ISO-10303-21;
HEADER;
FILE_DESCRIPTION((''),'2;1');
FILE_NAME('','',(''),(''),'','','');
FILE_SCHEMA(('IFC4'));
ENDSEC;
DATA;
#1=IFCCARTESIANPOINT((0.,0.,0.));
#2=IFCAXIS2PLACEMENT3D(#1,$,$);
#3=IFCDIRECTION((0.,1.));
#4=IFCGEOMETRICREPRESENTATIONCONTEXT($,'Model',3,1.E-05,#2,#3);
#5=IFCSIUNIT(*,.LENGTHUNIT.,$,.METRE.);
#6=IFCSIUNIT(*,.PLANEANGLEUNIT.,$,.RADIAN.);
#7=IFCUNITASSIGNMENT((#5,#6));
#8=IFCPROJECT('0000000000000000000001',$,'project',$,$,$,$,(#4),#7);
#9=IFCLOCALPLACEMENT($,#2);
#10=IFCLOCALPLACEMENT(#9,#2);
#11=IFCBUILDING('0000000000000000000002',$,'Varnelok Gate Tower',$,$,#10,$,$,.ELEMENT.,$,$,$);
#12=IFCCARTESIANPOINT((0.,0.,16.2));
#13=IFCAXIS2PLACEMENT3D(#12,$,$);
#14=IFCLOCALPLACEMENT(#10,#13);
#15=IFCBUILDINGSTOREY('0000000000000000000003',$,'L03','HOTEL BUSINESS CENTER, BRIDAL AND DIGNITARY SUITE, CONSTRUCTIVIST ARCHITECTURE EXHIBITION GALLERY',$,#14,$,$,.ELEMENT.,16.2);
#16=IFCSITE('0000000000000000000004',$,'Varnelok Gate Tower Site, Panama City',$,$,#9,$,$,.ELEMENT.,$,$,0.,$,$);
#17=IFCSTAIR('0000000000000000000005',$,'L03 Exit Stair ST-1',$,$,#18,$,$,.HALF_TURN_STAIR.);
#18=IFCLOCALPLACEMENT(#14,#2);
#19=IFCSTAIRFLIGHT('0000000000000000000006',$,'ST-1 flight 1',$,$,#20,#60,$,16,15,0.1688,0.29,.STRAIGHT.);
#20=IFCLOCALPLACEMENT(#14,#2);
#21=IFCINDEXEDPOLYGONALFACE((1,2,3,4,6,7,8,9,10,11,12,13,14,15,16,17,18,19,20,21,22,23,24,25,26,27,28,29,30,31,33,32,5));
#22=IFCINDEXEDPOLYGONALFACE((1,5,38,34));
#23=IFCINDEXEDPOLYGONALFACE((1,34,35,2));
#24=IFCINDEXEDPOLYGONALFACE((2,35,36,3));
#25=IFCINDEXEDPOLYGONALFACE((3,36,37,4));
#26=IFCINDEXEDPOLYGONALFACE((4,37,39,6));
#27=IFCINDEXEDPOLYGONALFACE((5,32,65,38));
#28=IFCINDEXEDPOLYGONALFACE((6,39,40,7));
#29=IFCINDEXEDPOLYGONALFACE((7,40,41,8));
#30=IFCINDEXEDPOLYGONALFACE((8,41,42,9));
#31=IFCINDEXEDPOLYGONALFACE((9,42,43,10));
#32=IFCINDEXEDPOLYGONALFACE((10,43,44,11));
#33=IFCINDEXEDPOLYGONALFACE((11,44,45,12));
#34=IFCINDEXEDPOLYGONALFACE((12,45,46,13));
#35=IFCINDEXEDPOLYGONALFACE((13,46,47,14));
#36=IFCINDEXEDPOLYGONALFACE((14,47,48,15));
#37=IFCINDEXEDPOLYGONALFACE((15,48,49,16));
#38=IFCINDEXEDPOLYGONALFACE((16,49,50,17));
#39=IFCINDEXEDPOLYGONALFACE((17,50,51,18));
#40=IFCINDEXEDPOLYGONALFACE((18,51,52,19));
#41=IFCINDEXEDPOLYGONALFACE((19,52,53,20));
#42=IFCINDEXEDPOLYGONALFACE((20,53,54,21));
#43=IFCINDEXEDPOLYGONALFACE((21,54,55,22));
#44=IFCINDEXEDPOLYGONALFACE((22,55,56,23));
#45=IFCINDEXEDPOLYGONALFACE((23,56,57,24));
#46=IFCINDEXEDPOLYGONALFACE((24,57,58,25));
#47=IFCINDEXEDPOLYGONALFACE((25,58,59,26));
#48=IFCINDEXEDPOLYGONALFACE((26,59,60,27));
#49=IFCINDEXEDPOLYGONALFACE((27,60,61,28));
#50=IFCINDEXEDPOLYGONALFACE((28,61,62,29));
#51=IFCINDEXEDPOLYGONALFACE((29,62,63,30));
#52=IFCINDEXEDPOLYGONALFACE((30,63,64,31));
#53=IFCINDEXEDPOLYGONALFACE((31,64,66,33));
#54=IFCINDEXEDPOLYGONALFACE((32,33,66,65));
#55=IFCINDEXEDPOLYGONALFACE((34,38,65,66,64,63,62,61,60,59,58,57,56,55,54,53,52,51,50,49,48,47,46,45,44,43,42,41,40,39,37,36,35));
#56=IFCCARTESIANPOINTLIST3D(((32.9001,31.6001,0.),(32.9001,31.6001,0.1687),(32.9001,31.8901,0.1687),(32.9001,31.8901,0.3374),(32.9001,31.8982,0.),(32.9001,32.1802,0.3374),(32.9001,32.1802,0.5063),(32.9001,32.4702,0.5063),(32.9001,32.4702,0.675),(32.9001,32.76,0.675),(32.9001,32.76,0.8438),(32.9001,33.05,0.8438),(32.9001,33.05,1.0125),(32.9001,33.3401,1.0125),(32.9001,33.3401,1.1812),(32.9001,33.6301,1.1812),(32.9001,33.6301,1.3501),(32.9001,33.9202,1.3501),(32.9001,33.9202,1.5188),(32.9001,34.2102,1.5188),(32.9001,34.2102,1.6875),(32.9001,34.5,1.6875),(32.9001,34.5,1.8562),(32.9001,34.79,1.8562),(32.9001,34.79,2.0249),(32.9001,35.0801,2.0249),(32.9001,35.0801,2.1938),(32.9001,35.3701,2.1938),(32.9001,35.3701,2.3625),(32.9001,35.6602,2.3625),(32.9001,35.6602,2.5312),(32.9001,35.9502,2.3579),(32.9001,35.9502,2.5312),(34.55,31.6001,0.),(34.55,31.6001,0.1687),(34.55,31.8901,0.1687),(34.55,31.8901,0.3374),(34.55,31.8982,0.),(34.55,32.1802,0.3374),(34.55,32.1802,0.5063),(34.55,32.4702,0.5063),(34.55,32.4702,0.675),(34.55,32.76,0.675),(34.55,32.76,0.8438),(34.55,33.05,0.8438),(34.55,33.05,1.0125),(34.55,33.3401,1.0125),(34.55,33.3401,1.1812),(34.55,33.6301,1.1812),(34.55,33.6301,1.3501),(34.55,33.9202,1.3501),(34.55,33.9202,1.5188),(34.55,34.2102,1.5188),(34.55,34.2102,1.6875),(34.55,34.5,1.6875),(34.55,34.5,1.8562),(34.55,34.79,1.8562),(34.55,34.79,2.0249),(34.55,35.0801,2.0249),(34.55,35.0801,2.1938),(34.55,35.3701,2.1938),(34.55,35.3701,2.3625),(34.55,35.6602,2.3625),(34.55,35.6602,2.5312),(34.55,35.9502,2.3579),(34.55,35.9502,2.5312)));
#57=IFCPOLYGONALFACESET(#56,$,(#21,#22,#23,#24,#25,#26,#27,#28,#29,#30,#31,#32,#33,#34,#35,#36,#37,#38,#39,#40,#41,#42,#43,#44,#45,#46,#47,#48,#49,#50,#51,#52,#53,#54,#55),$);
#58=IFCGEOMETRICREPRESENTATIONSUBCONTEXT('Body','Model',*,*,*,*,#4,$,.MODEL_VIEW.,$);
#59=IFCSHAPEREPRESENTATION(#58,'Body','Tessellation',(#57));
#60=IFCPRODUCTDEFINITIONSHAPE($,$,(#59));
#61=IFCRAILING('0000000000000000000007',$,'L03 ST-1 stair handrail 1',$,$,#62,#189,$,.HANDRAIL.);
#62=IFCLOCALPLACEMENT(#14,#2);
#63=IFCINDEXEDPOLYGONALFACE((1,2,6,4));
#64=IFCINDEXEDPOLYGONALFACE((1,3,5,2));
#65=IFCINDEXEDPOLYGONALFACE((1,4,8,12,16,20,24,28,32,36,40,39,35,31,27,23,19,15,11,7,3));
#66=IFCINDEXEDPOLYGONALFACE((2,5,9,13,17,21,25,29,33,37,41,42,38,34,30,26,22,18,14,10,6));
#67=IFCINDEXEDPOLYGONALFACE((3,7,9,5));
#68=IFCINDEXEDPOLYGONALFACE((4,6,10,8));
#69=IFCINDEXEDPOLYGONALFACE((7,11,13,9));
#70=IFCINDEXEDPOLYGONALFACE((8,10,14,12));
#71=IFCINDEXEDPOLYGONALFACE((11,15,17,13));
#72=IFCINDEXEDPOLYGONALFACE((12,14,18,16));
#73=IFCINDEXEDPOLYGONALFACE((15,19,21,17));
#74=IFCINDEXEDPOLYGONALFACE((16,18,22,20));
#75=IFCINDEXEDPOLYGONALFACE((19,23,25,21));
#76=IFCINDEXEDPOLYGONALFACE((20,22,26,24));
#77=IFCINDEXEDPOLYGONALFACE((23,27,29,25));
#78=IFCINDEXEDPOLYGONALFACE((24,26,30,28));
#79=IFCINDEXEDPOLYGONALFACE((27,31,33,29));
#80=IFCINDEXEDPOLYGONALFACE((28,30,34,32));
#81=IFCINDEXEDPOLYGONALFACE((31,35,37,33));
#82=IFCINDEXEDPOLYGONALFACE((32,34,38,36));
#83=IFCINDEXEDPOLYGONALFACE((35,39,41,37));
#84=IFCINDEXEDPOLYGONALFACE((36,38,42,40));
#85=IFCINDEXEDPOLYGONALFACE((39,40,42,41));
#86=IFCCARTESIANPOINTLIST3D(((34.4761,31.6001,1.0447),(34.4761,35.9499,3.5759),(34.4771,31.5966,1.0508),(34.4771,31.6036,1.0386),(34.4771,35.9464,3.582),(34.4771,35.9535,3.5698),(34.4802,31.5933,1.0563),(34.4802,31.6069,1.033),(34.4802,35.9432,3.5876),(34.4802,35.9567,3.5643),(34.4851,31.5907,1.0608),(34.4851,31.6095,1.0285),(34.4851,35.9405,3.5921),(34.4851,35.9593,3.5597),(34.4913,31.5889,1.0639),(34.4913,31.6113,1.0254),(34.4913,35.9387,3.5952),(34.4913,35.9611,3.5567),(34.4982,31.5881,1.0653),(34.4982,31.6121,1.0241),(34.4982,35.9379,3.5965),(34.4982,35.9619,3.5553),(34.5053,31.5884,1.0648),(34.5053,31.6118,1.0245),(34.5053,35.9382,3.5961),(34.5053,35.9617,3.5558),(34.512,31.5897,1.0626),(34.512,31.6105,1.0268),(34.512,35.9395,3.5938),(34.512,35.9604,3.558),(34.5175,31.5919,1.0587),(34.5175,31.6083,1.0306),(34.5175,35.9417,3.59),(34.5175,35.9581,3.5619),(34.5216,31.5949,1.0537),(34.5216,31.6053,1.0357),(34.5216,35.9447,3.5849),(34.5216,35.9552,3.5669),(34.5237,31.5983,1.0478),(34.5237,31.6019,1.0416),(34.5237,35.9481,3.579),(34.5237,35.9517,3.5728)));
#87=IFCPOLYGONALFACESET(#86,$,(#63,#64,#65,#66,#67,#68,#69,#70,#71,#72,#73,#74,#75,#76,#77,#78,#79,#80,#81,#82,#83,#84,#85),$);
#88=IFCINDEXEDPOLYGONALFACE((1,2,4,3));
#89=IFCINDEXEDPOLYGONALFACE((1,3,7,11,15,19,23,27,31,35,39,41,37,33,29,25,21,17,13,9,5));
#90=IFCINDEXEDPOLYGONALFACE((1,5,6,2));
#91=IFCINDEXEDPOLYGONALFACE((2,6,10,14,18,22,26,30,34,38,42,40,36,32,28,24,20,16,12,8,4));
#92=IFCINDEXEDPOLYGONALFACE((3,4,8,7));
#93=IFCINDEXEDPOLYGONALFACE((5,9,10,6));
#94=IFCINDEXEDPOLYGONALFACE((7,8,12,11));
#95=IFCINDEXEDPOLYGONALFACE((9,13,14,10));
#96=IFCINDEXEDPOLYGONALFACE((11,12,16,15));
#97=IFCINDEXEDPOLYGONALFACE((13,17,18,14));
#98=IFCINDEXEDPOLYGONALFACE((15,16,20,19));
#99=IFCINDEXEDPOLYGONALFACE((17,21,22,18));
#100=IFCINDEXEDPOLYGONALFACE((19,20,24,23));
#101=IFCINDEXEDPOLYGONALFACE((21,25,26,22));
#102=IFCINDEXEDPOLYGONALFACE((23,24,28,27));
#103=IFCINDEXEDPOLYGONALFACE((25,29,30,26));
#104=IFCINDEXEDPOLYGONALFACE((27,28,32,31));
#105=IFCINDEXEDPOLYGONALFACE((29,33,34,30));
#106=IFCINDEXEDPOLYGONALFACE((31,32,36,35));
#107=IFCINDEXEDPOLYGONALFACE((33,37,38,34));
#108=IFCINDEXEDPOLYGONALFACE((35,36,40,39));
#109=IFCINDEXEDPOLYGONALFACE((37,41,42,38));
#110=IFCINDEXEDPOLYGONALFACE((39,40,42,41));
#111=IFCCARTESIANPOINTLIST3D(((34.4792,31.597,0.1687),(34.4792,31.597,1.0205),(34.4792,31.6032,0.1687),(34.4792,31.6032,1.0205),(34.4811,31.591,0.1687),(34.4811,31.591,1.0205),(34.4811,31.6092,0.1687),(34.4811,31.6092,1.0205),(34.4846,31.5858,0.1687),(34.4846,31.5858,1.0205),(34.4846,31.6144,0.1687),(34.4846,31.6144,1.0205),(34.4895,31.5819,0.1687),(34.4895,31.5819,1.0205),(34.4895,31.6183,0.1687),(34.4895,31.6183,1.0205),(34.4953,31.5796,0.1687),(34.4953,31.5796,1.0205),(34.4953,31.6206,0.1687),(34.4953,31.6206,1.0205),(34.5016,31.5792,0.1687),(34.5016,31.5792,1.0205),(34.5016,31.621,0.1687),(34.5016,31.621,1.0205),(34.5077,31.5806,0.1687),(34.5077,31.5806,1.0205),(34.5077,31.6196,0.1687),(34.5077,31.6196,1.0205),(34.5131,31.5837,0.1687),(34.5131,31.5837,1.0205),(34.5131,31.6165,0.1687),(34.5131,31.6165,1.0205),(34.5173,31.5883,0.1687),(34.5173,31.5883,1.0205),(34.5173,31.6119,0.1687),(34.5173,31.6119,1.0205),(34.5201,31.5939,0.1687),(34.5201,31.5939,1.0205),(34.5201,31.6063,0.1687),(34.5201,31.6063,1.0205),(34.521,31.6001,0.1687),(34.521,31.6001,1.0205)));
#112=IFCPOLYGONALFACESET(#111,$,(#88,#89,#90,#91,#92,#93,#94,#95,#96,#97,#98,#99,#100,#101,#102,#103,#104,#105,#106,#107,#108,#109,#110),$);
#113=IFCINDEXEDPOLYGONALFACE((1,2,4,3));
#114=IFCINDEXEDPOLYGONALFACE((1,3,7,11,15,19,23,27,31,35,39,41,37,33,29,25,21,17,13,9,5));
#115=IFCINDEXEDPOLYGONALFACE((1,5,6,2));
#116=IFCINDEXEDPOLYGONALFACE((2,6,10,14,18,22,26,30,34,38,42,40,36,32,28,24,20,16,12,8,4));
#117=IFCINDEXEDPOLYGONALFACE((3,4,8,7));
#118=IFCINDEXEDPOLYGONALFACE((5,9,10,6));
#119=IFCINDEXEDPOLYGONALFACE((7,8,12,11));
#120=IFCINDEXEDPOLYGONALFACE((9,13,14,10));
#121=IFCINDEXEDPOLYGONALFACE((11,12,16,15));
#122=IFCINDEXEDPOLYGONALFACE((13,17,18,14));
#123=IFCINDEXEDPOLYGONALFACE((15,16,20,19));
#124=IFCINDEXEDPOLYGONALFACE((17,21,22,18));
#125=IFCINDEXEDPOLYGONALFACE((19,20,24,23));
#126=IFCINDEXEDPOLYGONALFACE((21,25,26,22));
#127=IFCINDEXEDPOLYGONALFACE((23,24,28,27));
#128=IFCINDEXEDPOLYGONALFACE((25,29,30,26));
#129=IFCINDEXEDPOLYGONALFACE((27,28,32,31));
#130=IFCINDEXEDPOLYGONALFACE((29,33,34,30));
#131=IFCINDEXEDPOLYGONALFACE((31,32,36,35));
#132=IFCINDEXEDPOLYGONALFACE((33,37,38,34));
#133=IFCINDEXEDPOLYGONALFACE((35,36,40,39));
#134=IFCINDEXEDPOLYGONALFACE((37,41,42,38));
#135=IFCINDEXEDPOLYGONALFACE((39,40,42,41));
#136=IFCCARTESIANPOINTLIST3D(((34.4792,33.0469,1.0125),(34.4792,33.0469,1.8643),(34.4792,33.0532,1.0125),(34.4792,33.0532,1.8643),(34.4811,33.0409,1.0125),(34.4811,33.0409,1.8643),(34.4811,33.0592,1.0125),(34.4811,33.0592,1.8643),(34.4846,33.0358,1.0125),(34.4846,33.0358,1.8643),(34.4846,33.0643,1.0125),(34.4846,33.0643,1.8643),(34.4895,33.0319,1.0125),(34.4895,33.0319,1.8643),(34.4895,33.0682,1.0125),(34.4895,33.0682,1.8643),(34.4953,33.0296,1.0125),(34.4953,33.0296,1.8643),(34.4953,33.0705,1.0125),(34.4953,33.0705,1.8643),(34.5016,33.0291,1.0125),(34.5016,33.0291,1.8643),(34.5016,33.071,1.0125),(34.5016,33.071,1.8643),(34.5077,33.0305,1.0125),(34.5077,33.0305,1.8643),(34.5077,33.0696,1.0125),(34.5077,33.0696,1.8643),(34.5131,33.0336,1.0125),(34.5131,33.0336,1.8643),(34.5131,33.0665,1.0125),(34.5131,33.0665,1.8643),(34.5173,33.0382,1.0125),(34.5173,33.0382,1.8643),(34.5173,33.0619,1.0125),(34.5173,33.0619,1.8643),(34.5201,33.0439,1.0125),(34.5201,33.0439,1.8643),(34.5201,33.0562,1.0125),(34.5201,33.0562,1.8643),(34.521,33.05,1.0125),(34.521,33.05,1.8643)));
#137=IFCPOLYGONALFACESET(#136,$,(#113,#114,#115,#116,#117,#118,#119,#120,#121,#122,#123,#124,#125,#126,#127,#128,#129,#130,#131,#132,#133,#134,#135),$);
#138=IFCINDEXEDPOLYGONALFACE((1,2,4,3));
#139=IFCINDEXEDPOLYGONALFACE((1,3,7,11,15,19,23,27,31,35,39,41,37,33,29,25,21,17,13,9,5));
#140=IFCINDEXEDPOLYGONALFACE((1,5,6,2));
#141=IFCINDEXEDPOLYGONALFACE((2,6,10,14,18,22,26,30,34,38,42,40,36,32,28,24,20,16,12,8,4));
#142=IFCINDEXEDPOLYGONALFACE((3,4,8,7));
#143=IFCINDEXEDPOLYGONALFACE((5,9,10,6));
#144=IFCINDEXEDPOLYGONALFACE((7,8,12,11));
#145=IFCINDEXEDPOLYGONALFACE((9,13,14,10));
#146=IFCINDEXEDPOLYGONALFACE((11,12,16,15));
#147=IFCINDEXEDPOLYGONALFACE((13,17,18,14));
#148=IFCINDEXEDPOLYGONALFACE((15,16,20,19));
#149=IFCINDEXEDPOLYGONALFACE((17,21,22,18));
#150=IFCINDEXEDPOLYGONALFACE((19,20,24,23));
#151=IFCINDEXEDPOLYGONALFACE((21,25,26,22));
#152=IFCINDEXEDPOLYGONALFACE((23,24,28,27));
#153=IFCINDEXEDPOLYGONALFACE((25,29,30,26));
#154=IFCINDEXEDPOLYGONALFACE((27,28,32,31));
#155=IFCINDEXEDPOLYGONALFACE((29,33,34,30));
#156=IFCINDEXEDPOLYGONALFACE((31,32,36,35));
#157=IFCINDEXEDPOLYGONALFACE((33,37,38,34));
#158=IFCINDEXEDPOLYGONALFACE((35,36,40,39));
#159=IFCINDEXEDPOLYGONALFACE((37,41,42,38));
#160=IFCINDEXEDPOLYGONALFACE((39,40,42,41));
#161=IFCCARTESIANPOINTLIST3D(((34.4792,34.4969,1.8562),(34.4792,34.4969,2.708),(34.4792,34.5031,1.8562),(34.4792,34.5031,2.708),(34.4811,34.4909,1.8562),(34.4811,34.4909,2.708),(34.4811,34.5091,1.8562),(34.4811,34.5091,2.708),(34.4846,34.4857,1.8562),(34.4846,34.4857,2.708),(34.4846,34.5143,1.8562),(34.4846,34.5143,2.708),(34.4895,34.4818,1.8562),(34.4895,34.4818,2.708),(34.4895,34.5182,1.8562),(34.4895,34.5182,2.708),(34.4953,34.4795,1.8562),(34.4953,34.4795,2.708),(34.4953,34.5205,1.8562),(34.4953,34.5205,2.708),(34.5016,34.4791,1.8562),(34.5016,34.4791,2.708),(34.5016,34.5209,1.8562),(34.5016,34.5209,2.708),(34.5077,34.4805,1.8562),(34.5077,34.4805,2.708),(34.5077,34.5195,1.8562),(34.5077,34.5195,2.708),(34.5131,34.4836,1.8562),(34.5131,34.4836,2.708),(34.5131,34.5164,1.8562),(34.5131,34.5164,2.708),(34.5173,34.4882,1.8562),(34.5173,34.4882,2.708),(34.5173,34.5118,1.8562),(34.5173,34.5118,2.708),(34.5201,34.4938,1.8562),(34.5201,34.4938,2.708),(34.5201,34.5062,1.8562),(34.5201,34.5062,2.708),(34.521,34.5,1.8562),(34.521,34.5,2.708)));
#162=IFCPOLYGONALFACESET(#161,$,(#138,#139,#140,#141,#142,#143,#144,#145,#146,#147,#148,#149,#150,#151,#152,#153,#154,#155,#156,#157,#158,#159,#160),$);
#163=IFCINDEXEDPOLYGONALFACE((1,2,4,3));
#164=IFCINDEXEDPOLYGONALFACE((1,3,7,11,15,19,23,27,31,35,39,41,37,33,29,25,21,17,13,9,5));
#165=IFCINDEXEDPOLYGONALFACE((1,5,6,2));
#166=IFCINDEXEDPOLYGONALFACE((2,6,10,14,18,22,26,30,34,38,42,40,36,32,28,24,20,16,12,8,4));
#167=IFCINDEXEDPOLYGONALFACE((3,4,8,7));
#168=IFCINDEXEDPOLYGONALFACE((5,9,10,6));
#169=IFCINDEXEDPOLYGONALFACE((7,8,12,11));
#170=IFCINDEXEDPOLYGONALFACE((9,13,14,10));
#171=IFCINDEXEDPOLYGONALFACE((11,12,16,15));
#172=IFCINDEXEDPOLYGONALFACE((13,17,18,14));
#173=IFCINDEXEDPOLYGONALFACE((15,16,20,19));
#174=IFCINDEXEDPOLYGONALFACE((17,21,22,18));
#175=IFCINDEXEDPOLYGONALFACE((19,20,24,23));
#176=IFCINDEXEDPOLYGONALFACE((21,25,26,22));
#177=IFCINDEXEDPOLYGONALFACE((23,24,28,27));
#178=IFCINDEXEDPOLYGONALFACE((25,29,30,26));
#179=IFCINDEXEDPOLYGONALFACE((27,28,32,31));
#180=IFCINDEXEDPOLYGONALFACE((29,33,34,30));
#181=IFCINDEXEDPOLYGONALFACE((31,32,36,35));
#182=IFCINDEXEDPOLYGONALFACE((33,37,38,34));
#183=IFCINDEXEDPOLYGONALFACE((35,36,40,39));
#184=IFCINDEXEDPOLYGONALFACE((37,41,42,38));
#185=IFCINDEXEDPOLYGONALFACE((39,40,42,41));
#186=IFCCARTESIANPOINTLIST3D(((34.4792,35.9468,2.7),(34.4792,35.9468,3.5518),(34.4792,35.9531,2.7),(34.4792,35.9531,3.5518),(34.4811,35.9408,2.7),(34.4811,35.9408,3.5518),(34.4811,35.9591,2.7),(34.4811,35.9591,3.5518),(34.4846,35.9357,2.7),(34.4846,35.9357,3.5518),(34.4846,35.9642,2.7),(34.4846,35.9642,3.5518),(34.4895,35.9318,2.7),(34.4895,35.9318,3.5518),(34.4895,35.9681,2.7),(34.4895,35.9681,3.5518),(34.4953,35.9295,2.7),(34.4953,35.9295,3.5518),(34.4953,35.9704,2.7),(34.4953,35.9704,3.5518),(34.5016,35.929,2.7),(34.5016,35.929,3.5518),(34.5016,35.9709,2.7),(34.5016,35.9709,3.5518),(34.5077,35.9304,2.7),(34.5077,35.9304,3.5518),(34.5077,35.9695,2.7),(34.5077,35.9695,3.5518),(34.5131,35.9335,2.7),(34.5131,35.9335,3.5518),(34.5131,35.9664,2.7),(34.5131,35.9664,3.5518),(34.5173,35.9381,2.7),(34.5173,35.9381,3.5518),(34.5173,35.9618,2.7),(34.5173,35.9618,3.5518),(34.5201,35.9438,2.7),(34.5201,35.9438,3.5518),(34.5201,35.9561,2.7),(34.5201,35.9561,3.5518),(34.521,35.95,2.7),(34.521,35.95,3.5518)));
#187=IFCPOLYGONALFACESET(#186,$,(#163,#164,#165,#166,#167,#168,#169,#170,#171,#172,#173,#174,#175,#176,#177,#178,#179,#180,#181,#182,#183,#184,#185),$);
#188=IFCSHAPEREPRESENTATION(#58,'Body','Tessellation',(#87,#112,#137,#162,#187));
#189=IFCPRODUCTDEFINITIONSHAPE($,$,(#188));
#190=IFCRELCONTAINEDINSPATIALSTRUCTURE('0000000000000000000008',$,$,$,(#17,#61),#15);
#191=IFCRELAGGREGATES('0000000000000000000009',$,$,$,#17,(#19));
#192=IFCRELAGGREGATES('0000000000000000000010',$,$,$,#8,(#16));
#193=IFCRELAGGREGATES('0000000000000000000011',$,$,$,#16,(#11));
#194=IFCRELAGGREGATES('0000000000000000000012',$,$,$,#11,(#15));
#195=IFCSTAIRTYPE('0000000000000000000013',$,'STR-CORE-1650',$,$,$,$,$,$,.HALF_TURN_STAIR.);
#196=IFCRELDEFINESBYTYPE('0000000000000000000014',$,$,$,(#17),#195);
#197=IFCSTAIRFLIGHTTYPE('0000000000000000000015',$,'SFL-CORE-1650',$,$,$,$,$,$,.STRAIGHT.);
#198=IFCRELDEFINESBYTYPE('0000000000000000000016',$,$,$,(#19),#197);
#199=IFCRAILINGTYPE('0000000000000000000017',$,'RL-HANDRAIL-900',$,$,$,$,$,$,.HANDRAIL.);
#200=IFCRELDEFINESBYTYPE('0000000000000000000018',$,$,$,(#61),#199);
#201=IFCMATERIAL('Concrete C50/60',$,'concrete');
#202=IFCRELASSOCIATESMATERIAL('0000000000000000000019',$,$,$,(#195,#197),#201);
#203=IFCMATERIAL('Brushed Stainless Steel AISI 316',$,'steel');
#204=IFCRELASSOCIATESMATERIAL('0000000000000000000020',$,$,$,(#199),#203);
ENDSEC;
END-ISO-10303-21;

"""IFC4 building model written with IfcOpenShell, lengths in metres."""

from ifc_helpers import new_model, si_unit, direction, frame, origin, origin_2d, place, context, subcontext, project, spatial, polyline, circle, outline, extrude, material, type_object, element, aggregate, save


model = new_model("IFC4")

# Units and contexts
model_context = context("Model", 3, precision=1e-05, world=origin(), true_north=direction((0.0, 1.0)))
body_context = subcontext(model_context, "Body", "Model", "MODEL_VIEW")
ifc_project = project(units=[si_unit("LENGTHUNIT", "METRE"), si_unit("PLANEANGLEUNIT", "RADIAN")], contexts=[model_context])

# Site, building, storey
site_placement = place(None, origin())
site = spatial("IfcSite", under=ifc_project, at=site_placement, Name="Varnelok Gate Tower Site, Panama City", CompositionType="ELEMENT", RefElevation=0.0)
building_placement = place(site_placement, origin())
building = spatial("IfcBuilding", under=site, at=building_placement, Name="Varnelok Gate Tower", CompositionType="ELEMENT")
storey_placement = place(building_placement, frame((0.0, 0.0, 16.2)))
storey = spatial("IfcBuildingStorey", under=building, at=storey_placement, Name="L03", Description="HOTEL BUSINESS CENTER, BRIDAL AND DIGNITARY SUITE, CONSTRUCTIVIST ARCHITECTURE EXHIBITION GALLERY", CompositionType="ELEMENT", Elevation=16.2)

# Stair, stair flight
ifc_material_1 = material(Name="Concrete C50/60", Category="concrete")
stair_type = type_object("IfcStairType", Name="STR-CORE-1650", PredefinedType="HALF_TURN_STAIR", material=ifc_material_1)
stair_placement = place(storey_placement, origin())
stair = element("IfcStair", 1, at=stair_placement, inside=storey, type_object=stair_type, Name="L03 Exit Stair ST-1", PredefinedType="HALF_TURN_STAIR")
stair_flight_type = type_object("IfcStairFlightType", Name="SFL-CORE-1650", PredefinedType="STRAIGHT", material=ifc_material_1)
stair_flight_placement = place(storey_placement, frame((33.7251, 31.6001, 0.0), z_axis=(0.0, 0.0, 1.0), x_axis=(0.0, 1.0, 0.0)))
stair_flight = element("IfcStairFlight", 2, at=stair_flight_placement, type_object=stair_flight_type, Name="ST-1 flight 1", NumberOfRisers=16, NumberOfTreads=15, PredefinedType="STRAIGHT", RiserHeight=0.1688, TreadLength=0.29, context=body_context, shape_type="SweptSolid", body=[
    extrude(outline(polyline([(0.0, 0.0), (0.0, 0.1687), (0.29, 0.1687), (0.29, 0.3374), (0.5801, 0.3374), (0.5801, 0.5063), (0.8701, 0.5063), (0.8701, 0.675), (1.1599, 0.675), (1.1599, 0.8438), (1.45, 0.8438), (1.45, 1.0125), (1.74, 1.0125), (1.74, 1.1812), (2.03, 1.1812), (2.03, 1.3501), (2.3201, 1.3501), (2.3201, 1.5188), (2.6101, 1.5188), (2.6101, 1.6875), (2.8999, 1.6875), (2.8999, 1.8562), (3.1899, 1.8562), (3.1899, 2.0249), (3.48, 2.0249), (3.48, 2.1938), (3.77, 2.1938), (3.77, 2.3625), (4.0601, 2.3625), (4.0601, 2.5312), (4.3501, 2.5312), (4.3501, 2.7), (4.3501, 2.3579), (0.2981, 0.0), (0.0, 0.0)])), frame((0.0, 0.825, 0.0), z_axis=(0.0, -1.0, 0.0), x_axis=(1.0, 0.0, 0.0)), (0.0, 0.0, 1.0), 1.6499),
])
aggregate(stair, [stair_flight])

# Railing
ifc_material_2 = material(Name="Brushed Stainless Steel AISI 316", Category="steel")
railing_type_1 = type_object("IfcRailingType", Name="RL-HANDRAIL-900", PredefinedType="HANDRAIL", material=ifc_material_2)
railing_1_placement = place(storey_placement, frame((34.5, 31.6001, 0.1687)))
element("IfcRailing", 3, at=railing_1_placement, inside=storey, type_object=railing_type_1, Name="L03 ST-1 stair handrail 1", PredefinedType="HANDRAIL", context=body_context, shape_type="SweptSolid", body=[
    extrude(circle(Radius=0.0239, at=origin_2d()), frame((0.0, 0.0, 0.876), z_axis=(0.0, 0.864312, 0.502957), x_axis=(-1.0, 0.0, 0.0)), (0.0, 0.0, 1.0), 5.0327),
    extrude(circle(Radius=0.021, at=origin_2d()), origin(), (0.0, 0.0, 1.0), 0.8518),
    extrude(circle(Radius=0.021, at=origin_2d()), frame((0.0, 1.45, 0.8438)), (0.0, 0.0, 1.0), 0.8518),
    extrude(circle(Radius=0.021, at=origin_2d()), frame((0.0, 2.8999, 1.6875)), (0.0, 0.0, 1.0), 0.8518),
    extrude(circle(Radius=0.021, at=origin_2d()), frame((0.0, 4.3499, 2.5312)), (0.0, 0.0, 1.0), 0.8518),
])

save(model, "model.ifc")
